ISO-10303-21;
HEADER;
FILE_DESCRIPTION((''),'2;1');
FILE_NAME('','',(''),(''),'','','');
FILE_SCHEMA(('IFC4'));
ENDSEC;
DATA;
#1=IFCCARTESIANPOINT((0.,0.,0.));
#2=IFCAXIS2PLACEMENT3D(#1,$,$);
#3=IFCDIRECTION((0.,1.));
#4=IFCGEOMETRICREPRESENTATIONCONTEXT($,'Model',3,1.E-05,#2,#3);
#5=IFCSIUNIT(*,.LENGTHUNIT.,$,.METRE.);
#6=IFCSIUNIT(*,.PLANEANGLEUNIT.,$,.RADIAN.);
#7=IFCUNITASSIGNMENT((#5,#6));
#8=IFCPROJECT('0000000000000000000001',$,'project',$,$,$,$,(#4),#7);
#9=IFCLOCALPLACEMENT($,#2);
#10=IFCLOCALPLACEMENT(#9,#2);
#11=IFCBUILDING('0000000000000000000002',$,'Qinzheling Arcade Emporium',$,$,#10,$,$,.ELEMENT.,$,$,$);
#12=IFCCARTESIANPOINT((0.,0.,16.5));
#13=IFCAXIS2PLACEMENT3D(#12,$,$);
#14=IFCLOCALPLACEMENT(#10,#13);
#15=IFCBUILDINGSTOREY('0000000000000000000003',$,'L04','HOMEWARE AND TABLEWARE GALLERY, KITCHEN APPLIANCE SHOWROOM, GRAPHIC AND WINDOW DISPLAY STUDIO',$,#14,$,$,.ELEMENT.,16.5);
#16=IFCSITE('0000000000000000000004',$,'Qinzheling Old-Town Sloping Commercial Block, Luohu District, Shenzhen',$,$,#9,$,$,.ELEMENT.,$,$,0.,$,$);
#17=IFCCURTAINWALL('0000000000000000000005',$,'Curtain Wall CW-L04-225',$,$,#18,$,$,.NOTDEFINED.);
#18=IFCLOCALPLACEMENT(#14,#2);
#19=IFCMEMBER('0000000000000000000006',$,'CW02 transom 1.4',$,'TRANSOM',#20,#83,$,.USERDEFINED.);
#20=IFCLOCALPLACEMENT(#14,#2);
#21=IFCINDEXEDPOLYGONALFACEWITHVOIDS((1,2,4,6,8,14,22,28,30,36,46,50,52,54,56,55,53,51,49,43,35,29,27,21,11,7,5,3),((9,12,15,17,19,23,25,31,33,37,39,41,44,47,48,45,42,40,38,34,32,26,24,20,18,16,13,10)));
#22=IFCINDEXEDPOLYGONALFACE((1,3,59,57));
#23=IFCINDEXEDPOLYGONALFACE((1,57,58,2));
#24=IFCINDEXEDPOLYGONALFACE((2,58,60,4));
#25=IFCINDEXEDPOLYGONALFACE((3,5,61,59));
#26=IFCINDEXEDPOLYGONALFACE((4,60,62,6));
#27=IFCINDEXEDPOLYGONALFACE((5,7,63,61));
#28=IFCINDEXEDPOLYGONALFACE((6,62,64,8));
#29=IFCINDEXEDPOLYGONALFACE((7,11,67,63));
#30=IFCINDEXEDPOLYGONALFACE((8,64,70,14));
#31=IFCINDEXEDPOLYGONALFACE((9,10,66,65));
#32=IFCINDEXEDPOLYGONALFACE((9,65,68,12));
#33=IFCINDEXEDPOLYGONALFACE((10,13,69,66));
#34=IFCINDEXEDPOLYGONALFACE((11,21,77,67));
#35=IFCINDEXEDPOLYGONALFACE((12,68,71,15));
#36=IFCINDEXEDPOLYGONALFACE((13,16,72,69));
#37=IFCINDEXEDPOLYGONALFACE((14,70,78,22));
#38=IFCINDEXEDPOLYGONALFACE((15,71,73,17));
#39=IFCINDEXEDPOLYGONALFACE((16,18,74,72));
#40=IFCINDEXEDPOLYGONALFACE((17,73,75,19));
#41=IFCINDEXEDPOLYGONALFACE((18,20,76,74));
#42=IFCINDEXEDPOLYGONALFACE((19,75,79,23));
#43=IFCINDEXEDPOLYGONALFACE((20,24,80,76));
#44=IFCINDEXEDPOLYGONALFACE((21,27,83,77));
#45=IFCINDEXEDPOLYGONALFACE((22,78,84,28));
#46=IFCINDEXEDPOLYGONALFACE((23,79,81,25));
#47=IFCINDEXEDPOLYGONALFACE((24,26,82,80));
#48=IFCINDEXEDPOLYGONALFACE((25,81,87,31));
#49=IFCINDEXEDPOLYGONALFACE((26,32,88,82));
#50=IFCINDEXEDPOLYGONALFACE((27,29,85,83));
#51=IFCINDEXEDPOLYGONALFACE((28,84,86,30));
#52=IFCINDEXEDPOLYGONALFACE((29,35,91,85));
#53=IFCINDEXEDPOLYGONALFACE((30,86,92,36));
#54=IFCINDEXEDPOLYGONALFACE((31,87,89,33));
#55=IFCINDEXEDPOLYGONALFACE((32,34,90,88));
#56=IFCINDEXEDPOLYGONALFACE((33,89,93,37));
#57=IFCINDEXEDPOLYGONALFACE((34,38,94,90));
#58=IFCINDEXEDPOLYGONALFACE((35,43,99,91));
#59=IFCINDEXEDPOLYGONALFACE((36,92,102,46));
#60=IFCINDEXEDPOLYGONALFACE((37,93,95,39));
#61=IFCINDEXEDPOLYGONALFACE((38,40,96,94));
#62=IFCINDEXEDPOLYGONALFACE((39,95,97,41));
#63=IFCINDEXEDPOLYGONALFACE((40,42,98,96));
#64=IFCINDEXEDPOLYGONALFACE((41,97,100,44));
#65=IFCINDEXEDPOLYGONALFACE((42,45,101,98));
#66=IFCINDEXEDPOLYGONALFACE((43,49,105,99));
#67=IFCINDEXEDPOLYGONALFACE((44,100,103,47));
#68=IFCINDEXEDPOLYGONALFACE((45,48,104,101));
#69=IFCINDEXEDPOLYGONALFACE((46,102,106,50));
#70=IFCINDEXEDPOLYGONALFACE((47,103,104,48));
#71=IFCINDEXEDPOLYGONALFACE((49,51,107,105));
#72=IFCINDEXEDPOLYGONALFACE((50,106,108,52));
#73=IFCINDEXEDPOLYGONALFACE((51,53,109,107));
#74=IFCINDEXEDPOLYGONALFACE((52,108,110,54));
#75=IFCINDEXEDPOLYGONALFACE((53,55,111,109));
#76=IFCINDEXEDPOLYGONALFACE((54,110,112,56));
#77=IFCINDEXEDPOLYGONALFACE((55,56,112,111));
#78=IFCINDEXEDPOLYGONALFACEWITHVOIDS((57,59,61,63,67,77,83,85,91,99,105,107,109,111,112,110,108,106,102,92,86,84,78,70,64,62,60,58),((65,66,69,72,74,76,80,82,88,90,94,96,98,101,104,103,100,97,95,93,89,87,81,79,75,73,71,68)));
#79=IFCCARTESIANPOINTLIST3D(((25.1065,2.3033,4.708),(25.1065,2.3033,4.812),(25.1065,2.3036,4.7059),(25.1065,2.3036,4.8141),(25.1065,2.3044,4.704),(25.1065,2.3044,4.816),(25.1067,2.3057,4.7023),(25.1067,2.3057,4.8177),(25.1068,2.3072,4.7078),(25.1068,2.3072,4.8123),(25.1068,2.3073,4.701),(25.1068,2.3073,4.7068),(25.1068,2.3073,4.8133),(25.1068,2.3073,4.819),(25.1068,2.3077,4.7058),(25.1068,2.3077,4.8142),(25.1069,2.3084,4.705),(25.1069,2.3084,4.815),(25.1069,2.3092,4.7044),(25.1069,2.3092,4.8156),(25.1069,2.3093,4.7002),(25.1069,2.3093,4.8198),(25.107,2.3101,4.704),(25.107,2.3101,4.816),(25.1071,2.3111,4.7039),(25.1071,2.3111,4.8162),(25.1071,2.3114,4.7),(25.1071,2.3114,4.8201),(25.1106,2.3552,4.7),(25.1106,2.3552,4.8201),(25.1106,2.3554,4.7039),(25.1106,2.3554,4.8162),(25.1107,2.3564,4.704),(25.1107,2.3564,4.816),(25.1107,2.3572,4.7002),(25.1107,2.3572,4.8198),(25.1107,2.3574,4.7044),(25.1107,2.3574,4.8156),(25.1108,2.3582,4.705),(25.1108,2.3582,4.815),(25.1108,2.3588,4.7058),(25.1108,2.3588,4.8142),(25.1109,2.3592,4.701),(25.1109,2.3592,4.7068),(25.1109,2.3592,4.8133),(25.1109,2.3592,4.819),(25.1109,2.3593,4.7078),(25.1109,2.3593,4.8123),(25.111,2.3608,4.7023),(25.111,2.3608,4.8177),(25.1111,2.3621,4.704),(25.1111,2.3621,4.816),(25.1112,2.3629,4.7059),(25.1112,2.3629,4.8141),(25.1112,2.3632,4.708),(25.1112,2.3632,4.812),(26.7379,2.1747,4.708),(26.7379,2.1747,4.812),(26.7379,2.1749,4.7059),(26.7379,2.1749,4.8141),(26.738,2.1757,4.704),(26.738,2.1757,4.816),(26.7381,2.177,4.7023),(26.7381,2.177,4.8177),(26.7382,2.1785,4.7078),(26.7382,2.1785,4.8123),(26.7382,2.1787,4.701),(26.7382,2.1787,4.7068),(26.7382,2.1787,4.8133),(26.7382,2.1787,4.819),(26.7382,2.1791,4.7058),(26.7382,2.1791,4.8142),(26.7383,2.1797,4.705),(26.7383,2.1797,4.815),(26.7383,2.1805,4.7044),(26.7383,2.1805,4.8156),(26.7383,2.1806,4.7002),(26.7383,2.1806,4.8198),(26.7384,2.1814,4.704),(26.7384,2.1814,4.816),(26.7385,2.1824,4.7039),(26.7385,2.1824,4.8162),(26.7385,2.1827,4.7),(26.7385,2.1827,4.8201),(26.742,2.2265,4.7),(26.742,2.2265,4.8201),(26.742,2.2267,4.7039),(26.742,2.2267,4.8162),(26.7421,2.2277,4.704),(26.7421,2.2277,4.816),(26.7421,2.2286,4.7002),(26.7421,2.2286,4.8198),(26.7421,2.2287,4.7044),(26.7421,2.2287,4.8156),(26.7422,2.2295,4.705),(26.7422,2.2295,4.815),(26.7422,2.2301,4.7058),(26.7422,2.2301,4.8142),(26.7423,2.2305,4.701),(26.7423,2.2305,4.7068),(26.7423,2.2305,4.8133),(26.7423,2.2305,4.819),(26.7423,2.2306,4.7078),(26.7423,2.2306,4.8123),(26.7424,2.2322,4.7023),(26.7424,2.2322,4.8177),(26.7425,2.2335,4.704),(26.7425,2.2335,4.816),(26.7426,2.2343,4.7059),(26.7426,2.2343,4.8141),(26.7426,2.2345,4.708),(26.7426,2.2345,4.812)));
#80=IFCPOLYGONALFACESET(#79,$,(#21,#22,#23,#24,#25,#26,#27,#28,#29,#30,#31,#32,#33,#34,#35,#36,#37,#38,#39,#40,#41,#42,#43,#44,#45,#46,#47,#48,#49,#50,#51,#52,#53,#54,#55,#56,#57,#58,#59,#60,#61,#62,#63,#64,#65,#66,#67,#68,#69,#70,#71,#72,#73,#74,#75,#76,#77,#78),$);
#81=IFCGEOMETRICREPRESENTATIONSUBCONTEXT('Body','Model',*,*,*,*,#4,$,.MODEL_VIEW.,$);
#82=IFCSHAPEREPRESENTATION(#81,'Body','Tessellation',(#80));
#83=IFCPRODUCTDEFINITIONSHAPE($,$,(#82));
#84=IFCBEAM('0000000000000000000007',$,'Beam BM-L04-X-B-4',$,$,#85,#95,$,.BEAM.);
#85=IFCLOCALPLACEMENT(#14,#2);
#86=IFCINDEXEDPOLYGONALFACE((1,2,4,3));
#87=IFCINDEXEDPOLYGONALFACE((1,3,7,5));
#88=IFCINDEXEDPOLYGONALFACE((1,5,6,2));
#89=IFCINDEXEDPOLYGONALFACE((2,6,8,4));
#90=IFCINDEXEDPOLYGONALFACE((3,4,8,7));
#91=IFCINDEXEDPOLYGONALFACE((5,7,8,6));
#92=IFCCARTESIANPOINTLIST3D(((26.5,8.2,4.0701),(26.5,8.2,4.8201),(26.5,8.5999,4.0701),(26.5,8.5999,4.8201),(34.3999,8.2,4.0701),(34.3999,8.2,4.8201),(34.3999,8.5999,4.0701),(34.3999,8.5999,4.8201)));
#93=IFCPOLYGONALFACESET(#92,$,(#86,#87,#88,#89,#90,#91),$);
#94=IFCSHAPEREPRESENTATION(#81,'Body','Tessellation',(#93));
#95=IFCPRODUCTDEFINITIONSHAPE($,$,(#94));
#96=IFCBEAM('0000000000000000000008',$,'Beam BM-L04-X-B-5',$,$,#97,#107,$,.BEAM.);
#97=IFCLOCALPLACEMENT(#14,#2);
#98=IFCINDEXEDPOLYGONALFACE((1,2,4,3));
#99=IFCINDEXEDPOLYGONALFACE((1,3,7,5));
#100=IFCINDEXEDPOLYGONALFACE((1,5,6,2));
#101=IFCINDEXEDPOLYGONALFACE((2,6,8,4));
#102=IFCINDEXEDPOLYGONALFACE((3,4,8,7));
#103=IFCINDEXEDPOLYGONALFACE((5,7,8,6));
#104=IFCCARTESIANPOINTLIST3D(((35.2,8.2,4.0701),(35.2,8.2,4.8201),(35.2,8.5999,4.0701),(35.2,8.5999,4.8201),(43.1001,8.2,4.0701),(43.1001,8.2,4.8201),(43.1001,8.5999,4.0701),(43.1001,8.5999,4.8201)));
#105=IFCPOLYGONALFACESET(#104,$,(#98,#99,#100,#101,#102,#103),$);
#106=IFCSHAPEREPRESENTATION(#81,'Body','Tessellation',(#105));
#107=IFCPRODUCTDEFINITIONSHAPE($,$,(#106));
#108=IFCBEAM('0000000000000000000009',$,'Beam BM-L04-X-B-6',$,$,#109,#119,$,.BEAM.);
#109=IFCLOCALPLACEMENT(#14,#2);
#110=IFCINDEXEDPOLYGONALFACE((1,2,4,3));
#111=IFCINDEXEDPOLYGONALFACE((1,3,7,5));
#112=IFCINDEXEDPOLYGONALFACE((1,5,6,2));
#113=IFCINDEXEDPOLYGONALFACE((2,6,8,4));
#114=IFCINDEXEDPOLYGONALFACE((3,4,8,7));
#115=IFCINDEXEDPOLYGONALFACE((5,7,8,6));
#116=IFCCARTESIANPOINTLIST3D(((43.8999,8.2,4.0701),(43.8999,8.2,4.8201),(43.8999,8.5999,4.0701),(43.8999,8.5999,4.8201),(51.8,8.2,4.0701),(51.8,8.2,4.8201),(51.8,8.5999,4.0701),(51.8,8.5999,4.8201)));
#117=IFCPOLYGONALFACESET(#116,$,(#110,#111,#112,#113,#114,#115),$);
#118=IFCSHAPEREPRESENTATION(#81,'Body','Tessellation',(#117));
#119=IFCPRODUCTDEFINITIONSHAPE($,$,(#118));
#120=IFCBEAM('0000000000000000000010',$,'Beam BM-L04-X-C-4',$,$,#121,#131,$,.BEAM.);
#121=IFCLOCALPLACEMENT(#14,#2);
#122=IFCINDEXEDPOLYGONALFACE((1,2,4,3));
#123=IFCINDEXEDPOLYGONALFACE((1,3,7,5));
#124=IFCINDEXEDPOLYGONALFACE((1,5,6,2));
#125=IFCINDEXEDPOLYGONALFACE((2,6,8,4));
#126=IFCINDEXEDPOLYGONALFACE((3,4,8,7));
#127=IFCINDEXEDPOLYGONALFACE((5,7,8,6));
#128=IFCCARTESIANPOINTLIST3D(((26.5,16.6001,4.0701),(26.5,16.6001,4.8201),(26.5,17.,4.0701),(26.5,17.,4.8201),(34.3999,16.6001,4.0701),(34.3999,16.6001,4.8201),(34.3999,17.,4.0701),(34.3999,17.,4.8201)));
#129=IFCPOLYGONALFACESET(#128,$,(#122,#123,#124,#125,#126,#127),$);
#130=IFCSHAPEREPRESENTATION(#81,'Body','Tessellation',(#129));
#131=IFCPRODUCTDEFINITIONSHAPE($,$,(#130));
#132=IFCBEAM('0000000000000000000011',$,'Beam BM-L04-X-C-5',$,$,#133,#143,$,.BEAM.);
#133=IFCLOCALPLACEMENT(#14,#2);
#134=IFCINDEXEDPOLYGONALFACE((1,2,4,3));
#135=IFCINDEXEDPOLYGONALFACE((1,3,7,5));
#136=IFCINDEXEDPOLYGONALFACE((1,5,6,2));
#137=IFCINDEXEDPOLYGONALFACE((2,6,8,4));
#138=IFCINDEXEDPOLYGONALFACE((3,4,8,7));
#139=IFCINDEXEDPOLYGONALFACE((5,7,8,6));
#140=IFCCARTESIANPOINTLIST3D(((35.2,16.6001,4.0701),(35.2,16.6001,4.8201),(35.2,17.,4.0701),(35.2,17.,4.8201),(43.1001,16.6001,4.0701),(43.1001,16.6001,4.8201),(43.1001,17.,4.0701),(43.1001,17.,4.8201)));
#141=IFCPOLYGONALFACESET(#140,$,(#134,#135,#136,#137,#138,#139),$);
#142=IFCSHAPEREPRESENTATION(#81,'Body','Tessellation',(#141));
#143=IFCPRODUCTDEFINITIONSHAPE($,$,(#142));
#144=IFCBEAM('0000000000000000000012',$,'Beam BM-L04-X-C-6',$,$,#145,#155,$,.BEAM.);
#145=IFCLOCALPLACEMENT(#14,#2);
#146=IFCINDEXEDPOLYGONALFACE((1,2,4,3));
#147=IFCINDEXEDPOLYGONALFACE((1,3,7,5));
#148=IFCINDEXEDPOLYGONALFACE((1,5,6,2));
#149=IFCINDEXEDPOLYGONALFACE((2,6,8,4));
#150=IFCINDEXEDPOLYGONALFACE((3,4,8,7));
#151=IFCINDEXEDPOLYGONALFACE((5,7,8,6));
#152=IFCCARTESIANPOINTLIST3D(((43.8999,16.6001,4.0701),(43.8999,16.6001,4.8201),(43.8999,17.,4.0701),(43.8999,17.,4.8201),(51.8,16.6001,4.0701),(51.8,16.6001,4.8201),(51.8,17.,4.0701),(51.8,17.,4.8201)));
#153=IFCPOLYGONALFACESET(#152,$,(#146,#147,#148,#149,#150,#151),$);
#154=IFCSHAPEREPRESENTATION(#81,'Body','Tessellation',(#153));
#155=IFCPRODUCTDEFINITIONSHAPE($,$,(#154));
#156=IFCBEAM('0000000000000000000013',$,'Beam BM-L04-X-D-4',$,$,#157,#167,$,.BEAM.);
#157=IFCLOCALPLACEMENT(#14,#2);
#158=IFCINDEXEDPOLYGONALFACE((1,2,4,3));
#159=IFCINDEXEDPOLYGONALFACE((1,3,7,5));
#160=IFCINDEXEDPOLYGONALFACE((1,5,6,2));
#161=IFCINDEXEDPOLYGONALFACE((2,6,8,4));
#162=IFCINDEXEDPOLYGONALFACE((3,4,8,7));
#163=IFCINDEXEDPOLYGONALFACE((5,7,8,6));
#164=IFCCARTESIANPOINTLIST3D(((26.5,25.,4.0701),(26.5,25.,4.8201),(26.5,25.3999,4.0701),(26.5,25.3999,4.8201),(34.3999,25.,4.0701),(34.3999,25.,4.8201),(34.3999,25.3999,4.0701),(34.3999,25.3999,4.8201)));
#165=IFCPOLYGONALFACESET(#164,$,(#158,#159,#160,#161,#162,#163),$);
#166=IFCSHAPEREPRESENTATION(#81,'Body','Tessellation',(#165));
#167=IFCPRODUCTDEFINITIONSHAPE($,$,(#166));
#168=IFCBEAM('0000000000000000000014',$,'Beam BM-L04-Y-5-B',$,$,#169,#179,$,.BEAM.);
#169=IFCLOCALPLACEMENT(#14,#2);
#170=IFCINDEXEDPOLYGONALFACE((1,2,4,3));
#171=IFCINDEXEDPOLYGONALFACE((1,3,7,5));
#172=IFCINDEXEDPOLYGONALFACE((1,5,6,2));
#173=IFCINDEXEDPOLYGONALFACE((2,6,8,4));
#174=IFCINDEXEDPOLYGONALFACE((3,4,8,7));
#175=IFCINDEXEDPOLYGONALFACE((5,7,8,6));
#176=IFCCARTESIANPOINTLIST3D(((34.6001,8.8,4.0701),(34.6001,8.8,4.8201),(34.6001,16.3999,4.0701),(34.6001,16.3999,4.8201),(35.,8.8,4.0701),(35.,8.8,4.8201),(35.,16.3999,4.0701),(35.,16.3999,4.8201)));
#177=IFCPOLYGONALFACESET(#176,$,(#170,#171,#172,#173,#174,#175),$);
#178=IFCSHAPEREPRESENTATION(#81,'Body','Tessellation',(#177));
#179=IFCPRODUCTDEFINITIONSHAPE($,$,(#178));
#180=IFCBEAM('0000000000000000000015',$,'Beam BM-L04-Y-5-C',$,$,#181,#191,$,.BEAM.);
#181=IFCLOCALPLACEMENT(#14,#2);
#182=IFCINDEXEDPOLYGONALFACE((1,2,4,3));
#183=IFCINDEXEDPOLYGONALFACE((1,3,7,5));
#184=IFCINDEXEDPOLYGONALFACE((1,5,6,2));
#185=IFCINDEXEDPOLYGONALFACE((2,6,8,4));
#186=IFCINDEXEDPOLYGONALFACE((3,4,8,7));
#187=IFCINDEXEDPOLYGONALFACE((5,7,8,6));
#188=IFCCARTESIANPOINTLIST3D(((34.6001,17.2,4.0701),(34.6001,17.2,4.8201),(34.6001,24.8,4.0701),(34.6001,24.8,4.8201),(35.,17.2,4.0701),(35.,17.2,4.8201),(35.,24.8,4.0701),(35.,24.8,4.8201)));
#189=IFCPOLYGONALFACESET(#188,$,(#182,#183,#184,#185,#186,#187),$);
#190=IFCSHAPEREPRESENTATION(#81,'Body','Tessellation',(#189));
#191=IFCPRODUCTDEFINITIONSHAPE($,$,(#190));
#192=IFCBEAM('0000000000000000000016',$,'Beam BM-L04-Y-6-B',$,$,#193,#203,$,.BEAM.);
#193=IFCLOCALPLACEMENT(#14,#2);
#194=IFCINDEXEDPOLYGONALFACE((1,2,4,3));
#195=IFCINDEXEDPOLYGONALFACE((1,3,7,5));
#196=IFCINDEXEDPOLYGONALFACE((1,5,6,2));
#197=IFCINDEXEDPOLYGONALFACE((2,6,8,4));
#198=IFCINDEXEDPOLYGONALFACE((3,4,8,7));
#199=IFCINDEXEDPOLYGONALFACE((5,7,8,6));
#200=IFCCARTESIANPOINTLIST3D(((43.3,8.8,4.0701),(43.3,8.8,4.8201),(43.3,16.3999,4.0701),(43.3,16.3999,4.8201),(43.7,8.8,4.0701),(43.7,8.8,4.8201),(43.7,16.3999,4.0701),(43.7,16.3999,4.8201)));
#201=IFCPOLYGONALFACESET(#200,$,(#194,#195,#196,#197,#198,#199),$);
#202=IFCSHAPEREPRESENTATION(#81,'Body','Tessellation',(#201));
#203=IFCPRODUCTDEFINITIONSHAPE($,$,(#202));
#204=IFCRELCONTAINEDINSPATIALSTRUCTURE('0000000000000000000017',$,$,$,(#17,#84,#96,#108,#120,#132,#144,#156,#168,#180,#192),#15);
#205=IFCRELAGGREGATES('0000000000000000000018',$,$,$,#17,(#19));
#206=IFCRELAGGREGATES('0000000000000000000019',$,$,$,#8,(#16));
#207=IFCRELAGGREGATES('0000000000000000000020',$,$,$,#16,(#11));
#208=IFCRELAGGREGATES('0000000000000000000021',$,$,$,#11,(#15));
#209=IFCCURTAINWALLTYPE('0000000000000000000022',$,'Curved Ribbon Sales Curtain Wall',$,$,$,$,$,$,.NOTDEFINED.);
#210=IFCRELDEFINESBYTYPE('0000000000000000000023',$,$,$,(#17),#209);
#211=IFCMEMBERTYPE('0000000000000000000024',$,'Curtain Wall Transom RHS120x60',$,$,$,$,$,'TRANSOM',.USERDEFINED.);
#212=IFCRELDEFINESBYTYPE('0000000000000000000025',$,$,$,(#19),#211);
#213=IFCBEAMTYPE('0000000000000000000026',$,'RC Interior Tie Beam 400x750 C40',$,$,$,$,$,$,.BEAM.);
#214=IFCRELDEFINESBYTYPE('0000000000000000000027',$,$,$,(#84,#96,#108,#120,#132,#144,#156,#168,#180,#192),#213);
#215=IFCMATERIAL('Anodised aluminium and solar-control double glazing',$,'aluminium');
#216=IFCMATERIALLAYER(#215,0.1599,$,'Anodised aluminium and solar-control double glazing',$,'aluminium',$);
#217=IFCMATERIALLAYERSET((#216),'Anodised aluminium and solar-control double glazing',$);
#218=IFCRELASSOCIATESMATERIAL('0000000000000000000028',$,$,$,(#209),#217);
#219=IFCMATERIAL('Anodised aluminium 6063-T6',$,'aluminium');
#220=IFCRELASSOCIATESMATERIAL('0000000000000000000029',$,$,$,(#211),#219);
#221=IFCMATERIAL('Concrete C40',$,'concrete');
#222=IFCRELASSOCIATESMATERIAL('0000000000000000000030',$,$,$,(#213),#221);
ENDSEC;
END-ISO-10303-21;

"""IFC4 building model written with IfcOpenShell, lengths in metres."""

from ifc_helpers import new_model, si_unit, direction, frame, origin, origin_2d, place, context, subcontext, project, spatial, rectangle, hollow_rectangle, extrude, material, layer, layer_set, material_profile, profile_set, type_object, element, aggregate, save


model = new_model("IFC4")

# Units and contexts
model_context = context("Model", 3, precision=1e-05, world=origin(), true_north=direction((0.0, 1.0)))
body_context = subcontext(model_context, "Body", "Model", "MODEL_VIEW")
ifc_project = project(units=[si_unit("LENGTHUNIT", "METRE"), si_unit("PLANEANGLEUNIT", "RADIAN")], contexts=[model_context])

# Site, building, storey
site_placement = place(None, origin())
site = spatial("IfcSite", under=ifc_project, at=site_placement, Name="Qinzheling Old-Town Sloping Commercial Block, Luohu District, Shenzhen", CompositionType="ELEMENT", RefElevation=0.0)
building_placement = place(site_placement, origin())
building = spatial("IfcBuilding", under=site, at=building_placement, Name="Qinzheling Arcade Emporium", CompositionType="ELEMENT")
storey_placement = place(building_placement, frame((0.0, 0.0, 16.5)))
storey = spatial("IfcBuildingStorey", under=building, at=storey_placement, Name="L04", Description="HOMEWARE AND TABLEWARE GALLERY, KITCHEN APPLIANCE SHOWROOM, GRAPHIC AND WINDOW DISPLAY STUDIO", CompositionType="ELEMENT", Elevation=16.5)

# Shared definitions
ifc_material_1 = material(Name="Concrete C40", Category="concrete")

# Curtain wall, member
ifc_material_2 = material(Name="Anodised aluminium and solar-control double glazing", Category="aluminium")
ifc_layer = layer(ifc_material_2, 0.1599, Name="Anodised aluminium and solar-control double glazing", Category="aluminium")
ifc_layer_set = layer_set([ifc_layer], Name="Anodised aluminium and solar-control double glazing")
curtain_wall_type = type_object("IfcCurtainWallType", Name="Curved Ribbon Sales Curtain Wall", PredefinedType="NOTDEFINED", material=ifc_layer_set)
curtain_wall_placement = place(storey_placement, origin())
curtain_wall = element("IfcCurtainWall", 1, at=curtain_wall_placement, inside=storey, type_object=curtain_wall_type, Name="Curtain Wall CW-L04-225", PredefinedType="NOTDEFINED")
ifc_material_3 = material(Name="Anodised aluminium 6063-T6", Category="aluminium")
ifc_material_profile_1 = material_profile(ifc_material_3, hollow_rectangle(XDim=0.0601, YDim=0.1201, WallThickness=0.0039, InnerFilletRadius=0.0039, OuterFilletRadius=0.0081, at=origin_2d()), Name="RHS 120x60x4", Category="aluminium")
ifc_profile_set_1 = profile_set([ifc_material_profile_1], Name="Anodised aluminium 6063-T6")
member_type = type_object("IfcMemberType", Name="Curtain Wall Transom RHS120x60", ElementType="TRANSOM", PredefinedType="USERDEFINED", material=ifc_profile_set_1)
member_1_placement = place(storey_placement, frame((26.7402, 2.2046, 4.76), z_axis=(-0.996904, 0.078624, 0.0), x_axis=(-0.078624, -0.996904, 0.0)))
member_1 = element("IfcMember", 2, at=member_1_placement, type_object=member_type, Name="CW02 transom 1.4", ObjectType="TRANSOM", PredefinedType="USERDEFINED", context=body_context, shape_type="SweptSolid", body=[
    extrude(hollow_rectangle(XDim=0.0601, YDim=0.1201, WallThickness=0.0039, InnerFilletRadius=0.0039, OuterFilletRadius=0.0081, at=origin_2d()), origin(), (0.0, 0.0, 1.0), 1.6365),
])
aggregate(curtain_wall, [member_1])

# Beams
ifc_material_profile_2 = material_profile(ifc_material_1, rectangle(XDim=0.3999, YDim=0.75, at=origin_2d()), Name="RC 400x750", Category="concrete")
ifc_profile_set_2 = profile_set([ifc_material_profile_2], Name="Concrete C40")
beam_type = type_object("IfcBeamType", Name="RC Interior Tie Beam 400x750 C40", PredefinedType="BEAM", material=ifc_profile_set_2)
beam_1_placement = place(storey_placement, frame((26.5, 8.3999, 4.4451), z_axis=(1.0, 0.0, 0.0), x_axis=(0.0, 1.0, 0.0)))
element("IfcBeam", 3, at=beam_1_placement, inside=storey, type_object=beam_type, Name="Beam BM-L04-X-B-4", PredefinedType="BEAM", context=body_context, shape_type="SweptSolid", body=[
    extrude(rectangle(XDim=0.3999, YDim=0.75, at=origin_2d()), origin(), (0.0, 0.0, 1.0), 7.8999),
])
for number, where, z_axis, x_axis, name in (
    (4, (35.2, 8.3999, 4.4451), (1.0, 0.0, 0.0), (0.0, 1.0, 0.0), "Beam BM-L04-X-B-5"),
    (5, (43.8999, 8.3999, 4.4451), (1.0, 0.0, 0.0), (0.0, 1.0, 0.0), "Beam BM-L04-X-B-6"),
):
    element("IfcBeam", number, at=place(storey_placement, frame(where, z_axis=z_axis, x_axis=x_axis)), inside=storey, type_object=beam_type, Name=name, PredefinedType="BEAM", context=body_context, shape_type="SweptSolid", body=[
        extrude(rectangle(XDim=0.3999, YDim=0.75, at=origin_2d()), origin(), (0.0, 0.0, 1.0), 7.9001),
    ])
beam_2_placement = place(storey_placement, frame((26.5, 16.8, 4.4451), z_axis=(1.0, 0.0, 0.0), x_axis=(0.0, 1.0, 0.0)))
element("IfcBeam", 6, at=beam_2_placement, inside=storey, type_object=beam_type, Name="Beam BM-L04-X-C-4", PredefinedType="BEAM", context=body_context, shape_type="SweptSolid", body=[
    extrude(rectangle(XDim=0.3999, YDim=0.75, at=origin_2d()), origin(), (0.0, 0.0, 1.0), 7.8999),
])
for number, where, z_axis, x_axis, name in (
    (7, (35.2, 16.8, 4.4451), (1.0, 0.0, 0.0), (0.0, 1.0, 0.0), "Beam BM-L04-X-C-5"),
    (8, (43.8999, 16.8, 4.4451), (1.0, 0.0, 0.0), (0.0, 1.0, 0.0), "Beam BM-L04-X-C-6"),
):
    element("IfcBeam", number, at=place(storey_placement, frame(where, z_axis=z_axis, x_axis=x_axis)), inside=storey, type_object=beam_type, Name=name, PredefinedType="BEAM", context=body_context, shape_type="SweptSolid", body=[
        extrude(rectangle(XDim=0.3999, YDim=0.75, at=origin_2d()), origin(), (0.0, 0.0, 1.0), 7.9001),
    ])
beam_3_placement = place(storey_placement, frame((26.5, 25.2, 4.4451), z_axis=(1.0, 0.0, 0.0), x_axis=(0.0, 1.0, 0.0)))
element("IfcBeam", 9, at=beam_3_placement, inside=storey, type_object=beam_type, Name="Beam BM-L04-X-D-4", PredefinedType="BEAM", context=body_context, shape_type="SweptSolid", body=[
    extrude(rectangle(XDim=0.3999, YDim=0.75, at=origin_2d()), origin(), (0.0, 0.0, 1.0), 7.8999),
])
beam_4_placement = place(storey_placement, frame((34.8, 8.8, 4.4451), z_axis=(0.0, 1.0, 0.0), x_axis=(-1.0, 0.0, 0.0)))
element("IfcBeam", 10, at=beam_4_placement, inside=storey, type_object=beam_type, Name="Beam BM-L04-Y-5-B", PredefinedType="BEAM", context=body_context, shape_type="SweptSolid", body=[
    extrude(rectangle(XDim=0.3999, YDim=0.75, at=origin_2d()), origin(), (0.0, 0.0, 1.0), 7.5999),
])
beam_5_placement = place(storey_placement, frame((34.8, 17.2, 4.4451), z_axis=(0.0, 1.0, 0.0), x_axis=(-1.0, 0.0, 0.0)))
element("IfcBeam", 11, at=beam_5_placement, inside=storey, type_object=beam_type, Name="Beam BM-L04-Y-5-C", PredefinedType="BEAM", context=body_context, shape_type="SweptSolid", body=[
    extrude(rectangle(XDim=0.3999, YDim=0.75, at=origin_2d()), origin(), (0.0, 0.0, 1.0), 7.6001),
])
beam_6_placement = place(storey_placement, frame((43.5, 8.8, 4.4451), z_axis=(0.0, 1.0, 0.0), x_axis=(-1.0, 0.0, 0.0)))
element("IfcBeam", 12, at=beam_6_placement, inside=storey, type_object=beam_type, Name="Beam BM-L04-Y-6-B", PredefinedType="BEAM", context=body_context, shape_type="SweptSolid", body=[
    extrude(rectangle(XDim=0.3999, YDim=0.75, at=origin_2d()), origin(), (0.0, 0.0, 1.0), 7.5999),
])

save(model, "model.ifc")
